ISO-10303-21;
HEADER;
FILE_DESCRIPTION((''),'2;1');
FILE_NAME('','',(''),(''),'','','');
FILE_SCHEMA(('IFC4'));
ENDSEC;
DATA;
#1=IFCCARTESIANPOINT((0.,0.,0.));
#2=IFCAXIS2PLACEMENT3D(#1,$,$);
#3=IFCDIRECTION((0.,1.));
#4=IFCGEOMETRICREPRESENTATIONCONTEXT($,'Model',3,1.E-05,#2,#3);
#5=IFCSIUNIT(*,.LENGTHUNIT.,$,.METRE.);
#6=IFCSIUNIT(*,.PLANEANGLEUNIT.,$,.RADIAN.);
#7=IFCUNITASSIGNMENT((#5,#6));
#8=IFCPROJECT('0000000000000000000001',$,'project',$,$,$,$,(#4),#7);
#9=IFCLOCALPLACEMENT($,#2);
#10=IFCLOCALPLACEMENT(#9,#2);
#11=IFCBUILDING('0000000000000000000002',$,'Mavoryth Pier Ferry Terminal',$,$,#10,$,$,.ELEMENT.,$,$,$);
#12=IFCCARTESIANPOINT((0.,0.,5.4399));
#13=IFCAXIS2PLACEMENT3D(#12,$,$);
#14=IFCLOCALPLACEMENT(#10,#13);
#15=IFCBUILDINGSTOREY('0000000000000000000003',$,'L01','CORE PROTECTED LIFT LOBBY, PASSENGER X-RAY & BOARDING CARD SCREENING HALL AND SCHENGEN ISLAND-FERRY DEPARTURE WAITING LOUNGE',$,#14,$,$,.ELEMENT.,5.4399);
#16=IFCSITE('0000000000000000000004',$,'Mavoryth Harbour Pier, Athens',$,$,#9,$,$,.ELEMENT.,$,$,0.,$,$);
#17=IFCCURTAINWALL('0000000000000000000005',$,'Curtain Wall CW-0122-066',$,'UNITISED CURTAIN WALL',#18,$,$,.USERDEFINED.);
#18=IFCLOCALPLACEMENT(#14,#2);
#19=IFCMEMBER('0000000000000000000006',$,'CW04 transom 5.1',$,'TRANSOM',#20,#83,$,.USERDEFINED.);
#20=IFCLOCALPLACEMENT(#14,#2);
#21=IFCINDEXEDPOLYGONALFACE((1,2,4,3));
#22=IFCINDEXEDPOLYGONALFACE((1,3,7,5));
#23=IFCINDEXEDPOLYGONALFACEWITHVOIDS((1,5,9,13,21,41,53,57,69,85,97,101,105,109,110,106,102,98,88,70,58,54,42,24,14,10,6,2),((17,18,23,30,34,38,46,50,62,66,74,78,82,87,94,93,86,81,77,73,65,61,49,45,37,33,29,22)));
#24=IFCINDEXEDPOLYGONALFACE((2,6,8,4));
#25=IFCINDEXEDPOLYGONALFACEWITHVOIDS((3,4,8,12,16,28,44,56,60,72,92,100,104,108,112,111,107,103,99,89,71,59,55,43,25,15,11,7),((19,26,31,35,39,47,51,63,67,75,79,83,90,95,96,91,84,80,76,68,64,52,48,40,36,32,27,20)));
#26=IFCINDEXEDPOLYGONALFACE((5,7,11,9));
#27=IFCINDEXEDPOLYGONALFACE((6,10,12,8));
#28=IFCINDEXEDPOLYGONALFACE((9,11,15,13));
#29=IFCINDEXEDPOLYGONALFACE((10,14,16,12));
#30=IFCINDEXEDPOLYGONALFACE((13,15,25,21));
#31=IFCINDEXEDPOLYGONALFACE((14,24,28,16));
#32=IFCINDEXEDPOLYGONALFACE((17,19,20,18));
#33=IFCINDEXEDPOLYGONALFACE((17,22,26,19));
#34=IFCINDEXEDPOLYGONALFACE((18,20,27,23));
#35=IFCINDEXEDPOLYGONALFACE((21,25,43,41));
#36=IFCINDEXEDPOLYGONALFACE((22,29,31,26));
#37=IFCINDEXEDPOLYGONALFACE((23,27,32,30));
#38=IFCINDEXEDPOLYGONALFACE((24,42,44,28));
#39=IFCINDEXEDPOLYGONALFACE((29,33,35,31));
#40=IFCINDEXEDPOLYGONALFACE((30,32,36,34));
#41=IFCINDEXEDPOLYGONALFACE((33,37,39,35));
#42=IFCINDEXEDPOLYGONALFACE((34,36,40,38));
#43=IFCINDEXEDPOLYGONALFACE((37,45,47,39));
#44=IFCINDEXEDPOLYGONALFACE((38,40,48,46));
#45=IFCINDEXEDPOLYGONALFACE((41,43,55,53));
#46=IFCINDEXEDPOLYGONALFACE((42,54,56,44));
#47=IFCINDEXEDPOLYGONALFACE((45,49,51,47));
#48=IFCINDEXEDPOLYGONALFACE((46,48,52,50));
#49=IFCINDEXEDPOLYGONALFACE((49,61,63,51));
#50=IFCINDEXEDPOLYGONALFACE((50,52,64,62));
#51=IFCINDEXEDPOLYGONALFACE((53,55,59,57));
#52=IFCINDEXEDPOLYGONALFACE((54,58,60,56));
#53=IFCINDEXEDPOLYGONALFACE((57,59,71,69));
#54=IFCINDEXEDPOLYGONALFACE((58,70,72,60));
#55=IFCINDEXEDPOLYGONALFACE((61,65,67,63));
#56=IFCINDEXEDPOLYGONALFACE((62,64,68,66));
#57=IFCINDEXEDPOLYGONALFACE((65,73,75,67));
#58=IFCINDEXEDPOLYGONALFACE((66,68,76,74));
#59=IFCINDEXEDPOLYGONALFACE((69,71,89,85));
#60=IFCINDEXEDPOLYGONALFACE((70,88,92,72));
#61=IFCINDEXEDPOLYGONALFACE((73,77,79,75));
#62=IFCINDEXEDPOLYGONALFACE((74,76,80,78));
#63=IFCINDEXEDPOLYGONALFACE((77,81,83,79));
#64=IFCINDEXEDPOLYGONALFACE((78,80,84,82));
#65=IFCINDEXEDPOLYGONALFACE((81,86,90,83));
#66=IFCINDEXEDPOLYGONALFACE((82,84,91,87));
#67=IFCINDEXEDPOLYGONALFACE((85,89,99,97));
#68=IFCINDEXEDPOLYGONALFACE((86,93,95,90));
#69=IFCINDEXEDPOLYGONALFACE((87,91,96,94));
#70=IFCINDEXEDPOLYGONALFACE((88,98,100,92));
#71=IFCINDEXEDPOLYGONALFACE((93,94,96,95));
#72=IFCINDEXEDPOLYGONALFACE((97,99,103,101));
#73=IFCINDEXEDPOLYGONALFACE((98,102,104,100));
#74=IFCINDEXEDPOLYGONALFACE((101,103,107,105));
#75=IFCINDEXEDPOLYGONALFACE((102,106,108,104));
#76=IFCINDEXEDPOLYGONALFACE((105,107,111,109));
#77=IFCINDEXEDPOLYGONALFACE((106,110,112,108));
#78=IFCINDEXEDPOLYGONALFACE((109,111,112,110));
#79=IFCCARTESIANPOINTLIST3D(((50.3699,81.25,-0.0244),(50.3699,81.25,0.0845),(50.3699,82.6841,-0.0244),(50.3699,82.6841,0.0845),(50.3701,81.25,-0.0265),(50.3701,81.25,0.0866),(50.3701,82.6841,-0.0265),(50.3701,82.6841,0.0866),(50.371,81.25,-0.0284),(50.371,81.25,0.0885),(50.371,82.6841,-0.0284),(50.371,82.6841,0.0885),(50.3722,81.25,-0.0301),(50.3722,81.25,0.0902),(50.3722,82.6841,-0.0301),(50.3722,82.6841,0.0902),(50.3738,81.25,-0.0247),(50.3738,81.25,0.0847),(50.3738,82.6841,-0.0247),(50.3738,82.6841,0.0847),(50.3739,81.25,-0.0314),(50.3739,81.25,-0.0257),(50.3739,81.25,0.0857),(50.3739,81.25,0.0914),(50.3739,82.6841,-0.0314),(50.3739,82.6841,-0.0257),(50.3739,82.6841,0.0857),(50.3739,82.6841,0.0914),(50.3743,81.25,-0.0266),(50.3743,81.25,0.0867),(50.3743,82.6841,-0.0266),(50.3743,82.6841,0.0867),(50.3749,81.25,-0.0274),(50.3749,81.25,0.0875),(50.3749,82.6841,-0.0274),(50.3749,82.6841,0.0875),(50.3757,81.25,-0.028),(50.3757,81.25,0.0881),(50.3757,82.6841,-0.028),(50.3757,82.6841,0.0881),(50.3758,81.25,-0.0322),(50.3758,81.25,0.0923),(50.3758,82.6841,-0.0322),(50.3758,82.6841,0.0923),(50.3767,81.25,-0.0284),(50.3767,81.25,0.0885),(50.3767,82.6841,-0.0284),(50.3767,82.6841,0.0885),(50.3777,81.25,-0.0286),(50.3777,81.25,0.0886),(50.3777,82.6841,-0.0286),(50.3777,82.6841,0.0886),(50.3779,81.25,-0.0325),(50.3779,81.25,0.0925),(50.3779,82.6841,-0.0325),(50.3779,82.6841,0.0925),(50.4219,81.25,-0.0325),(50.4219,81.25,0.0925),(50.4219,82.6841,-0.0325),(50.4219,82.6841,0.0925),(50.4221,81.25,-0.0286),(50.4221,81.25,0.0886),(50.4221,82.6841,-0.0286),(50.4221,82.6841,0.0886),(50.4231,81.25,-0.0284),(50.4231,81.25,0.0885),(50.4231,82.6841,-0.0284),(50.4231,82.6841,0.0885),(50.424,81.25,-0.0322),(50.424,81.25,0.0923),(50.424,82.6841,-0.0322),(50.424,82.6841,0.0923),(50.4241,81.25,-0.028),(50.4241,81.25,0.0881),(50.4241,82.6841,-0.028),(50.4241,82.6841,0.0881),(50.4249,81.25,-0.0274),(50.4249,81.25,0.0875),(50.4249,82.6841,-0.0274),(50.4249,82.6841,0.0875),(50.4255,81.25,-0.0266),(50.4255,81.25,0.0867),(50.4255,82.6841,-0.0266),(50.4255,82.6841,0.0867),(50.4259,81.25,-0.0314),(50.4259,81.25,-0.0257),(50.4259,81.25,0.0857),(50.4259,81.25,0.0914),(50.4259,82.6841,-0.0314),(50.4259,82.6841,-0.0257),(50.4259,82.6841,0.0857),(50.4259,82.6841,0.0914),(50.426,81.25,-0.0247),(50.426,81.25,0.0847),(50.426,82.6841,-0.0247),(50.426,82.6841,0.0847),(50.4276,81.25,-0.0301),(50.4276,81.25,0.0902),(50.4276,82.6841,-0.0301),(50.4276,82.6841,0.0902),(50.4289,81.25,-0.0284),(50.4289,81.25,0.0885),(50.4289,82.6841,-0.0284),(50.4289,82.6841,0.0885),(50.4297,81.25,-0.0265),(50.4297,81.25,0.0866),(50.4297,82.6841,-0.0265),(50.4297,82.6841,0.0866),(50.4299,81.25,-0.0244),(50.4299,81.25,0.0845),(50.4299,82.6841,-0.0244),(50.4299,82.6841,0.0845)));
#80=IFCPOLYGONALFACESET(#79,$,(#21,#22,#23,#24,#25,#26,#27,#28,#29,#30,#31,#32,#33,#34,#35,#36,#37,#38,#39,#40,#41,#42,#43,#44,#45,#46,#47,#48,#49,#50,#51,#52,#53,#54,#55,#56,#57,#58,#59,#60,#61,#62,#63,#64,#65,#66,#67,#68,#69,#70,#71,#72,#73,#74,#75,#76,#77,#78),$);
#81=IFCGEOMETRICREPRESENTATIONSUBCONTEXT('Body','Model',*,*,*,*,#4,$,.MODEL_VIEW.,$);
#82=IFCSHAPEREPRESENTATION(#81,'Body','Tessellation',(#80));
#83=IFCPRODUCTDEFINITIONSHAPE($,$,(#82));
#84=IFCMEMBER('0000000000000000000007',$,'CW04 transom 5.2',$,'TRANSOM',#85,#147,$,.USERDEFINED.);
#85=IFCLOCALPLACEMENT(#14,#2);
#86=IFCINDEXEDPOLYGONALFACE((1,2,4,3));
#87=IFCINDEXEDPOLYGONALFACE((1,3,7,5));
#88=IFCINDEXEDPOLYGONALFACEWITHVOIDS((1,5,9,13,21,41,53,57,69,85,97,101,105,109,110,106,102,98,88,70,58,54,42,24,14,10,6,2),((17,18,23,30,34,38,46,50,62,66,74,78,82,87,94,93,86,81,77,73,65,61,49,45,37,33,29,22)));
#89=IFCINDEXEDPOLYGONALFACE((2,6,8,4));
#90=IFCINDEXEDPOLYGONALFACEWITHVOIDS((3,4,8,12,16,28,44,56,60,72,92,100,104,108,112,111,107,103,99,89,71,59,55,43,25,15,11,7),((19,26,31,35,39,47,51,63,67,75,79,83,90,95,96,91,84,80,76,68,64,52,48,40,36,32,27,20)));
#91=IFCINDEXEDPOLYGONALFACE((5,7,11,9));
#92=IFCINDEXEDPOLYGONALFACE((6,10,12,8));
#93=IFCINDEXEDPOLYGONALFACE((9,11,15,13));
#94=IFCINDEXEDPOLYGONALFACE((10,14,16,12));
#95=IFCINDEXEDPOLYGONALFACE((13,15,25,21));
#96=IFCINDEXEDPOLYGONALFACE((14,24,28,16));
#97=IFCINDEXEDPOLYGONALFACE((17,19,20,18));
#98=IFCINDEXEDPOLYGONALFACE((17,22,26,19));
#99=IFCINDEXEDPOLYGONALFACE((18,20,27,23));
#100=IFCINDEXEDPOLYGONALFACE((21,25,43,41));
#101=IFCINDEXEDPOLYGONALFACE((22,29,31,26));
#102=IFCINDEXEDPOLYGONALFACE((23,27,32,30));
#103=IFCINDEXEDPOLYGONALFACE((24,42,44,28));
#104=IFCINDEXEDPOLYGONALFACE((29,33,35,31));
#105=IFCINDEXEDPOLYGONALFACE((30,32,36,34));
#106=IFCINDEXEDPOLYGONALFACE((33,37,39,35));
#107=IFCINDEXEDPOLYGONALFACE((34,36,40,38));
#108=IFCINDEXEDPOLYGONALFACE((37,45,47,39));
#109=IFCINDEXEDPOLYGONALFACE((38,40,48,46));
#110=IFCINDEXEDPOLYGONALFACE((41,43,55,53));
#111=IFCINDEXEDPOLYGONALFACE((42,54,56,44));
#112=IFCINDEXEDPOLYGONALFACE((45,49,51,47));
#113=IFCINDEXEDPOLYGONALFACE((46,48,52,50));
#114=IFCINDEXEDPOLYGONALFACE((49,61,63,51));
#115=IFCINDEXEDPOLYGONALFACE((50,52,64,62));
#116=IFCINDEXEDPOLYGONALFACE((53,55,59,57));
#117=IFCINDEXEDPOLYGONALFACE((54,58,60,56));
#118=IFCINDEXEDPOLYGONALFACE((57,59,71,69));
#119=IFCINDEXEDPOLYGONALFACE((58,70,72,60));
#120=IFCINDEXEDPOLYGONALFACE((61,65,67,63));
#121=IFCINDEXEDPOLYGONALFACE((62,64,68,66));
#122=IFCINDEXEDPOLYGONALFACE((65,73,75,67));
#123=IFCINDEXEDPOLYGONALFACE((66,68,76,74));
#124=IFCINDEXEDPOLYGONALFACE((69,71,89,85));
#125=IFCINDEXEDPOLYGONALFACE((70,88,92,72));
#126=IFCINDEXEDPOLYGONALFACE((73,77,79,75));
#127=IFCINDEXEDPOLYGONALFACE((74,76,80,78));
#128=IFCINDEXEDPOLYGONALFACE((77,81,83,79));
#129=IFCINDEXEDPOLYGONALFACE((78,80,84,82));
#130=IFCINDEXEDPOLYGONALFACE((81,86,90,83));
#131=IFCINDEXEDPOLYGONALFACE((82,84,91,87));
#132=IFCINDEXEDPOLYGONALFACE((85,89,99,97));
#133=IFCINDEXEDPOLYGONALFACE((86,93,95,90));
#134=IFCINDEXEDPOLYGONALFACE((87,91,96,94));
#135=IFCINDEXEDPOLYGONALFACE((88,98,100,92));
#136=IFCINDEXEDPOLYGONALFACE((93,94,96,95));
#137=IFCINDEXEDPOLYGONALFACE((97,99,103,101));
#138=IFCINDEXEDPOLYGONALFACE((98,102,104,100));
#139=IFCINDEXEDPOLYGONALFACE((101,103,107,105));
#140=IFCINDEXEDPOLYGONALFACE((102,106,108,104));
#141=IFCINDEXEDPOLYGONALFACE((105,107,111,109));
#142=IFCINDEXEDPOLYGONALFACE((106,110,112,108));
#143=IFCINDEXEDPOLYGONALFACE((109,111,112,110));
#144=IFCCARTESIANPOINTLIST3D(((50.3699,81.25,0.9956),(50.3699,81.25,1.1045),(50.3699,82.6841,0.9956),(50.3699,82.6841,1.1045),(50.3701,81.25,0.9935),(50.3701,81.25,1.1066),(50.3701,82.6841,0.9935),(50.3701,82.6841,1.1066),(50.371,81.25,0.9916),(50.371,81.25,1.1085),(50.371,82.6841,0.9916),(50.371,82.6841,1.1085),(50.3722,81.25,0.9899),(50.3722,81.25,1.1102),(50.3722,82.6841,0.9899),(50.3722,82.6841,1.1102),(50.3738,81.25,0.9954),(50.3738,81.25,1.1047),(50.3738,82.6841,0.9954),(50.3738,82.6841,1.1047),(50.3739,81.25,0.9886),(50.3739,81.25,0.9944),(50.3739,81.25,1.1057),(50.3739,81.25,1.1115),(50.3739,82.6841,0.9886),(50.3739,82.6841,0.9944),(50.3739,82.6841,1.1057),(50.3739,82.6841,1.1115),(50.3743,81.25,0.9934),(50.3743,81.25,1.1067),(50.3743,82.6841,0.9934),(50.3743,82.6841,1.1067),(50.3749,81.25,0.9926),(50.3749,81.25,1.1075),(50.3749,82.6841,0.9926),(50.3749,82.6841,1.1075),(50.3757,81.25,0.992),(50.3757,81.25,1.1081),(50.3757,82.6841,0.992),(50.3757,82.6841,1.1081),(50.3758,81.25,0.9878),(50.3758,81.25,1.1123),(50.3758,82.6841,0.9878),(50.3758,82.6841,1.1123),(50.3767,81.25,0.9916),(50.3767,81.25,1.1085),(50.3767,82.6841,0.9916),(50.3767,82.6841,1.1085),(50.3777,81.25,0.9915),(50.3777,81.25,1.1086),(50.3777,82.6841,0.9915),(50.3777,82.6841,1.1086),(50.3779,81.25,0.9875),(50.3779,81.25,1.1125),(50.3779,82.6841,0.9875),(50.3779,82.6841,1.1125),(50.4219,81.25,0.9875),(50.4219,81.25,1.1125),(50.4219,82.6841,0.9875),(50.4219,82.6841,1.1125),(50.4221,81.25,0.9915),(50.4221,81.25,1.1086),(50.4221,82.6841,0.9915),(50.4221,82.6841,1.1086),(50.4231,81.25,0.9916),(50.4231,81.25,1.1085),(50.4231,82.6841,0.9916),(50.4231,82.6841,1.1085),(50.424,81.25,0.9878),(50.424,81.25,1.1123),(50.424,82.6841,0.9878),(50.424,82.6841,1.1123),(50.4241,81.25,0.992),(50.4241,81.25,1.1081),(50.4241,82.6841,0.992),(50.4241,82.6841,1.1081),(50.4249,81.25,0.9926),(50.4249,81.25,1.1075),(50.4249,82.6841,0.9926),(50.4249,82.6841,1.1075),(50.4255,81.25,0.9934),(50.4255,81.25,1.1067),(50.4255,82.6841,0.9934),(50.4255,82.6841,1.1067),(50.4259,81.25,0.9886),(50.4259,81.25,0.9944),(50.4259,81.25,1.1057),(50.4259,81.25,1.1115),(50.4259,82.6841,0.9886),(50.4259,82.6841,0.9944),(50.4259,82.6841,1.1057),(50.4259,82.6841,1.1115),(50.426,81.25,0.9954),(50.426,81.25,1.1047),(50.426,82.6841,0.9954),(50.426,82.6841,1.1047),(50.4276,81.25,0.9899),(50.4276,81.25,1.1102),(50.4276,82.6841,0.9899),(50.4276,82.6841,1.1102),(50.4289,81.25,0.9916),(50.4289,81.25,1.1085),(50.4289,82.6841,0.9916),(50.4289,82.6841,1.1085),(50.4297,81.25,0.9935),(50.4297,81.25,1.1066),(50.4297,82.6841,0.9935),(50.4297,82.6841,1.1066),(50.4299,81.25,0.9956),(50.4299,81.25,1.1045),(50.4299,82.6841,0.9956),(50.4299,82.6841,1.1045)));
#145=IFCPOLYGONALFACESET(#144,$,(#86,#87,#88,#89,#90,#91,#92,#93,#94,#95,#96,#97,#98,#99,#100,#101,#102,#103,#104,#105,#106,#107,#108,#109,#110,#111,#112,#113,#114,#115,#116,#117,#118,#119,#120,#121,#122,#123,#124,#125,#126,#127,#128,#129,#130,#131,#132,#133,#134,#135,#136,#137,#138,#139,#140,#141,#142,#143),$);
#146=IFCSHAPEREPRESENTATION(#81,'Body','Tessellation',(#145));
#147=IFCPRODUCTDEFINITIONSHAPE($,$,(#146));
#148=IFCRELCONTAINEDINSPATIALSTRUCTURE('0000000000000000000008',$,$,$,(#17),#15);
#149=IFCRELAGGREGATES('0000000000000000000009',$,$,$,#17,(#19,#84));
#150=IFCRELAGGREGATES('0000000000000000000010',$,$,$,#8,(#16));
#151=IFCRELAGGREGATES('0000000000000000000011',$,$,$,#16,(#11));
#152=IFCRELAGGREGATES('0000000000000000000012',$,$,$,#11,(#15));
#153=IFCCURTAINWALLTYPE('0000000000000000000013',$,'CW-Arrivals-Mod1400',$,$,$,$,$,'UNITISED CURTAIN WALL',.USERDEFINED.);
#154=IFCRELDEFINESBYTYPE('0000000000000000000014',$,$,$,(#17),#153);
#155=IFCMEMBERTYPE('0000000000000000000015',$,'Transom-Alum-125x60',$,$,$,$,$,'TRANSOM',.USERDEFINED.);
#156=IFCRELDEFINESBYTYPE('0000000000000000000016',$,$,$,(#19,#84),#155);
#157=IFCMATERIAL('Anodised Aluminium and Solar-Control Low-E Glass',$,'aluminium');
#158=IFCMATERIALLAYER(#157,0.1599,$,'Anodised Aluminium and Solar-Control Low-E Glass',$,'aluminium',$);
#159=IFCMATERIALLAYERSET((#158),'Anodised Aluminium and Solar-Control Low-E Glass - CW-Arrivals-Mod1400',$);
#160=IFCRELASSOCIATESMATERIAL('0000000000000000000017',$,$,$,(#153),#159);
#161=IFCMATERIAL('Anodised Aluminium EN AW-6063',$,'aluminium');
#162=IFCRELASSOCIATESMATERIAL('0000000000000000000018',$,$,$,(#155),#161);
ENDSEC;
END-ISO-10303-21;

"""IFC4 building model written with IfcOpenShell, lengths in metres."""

from ifc_helpers import new_model, si_unit, direction, frame, origin, origin_2d, place, context, subcontext, project, spatial, hollow_rectangle, extrude, material, layer, layer_set, material_profile, profile_set, type_object, element, aggregate, save


model = new_model("IFC4")

# Units and contexts
model_context = context("Model", 3, precision=1e-05, world=origin(), true_north=direction((0.0, 1.0)))
body_context = subcontext(model_context, "Body", "Model", "MODEL_VIEW")
ifc_project = project(units=[si_unit("LENGTHUNIT", "METRE"), si_unit("PLANEANGLEUNIT", "RADIAN")], contexts=[model_context])

# Site, building, storey
site_placement = place(None, origin())
site = spatial("IfcSite", under=ifc_project, at=site_placement, Name="Mavoryth Harbour Pier, Athens", CompositionType="ELEMENT", RefElevation=0.0)
building_placement = place(site_placement, origin())
building = spatial("IfcBuilding", under=site, at=building_placement, Name="Mavoryth Pier Ferry Terminal", CompositionType="ELEMENT")
storey_placement = place(building_placement, frame((0.0, 0.0, 5.4399)))
storey = spatial("IfcBuildingStorey", under=building, at=storey_placement, Name="L01", Description="CORE PROTECTED LIFT LOBBY, PASSENGER X-RAY & BOARDING CARD SCREENING HALL AND SCHENGEN ISLAND-FERRY DEPARTURE WAITING LOUNGE", CompositionType="ELEMENT", Elevation=5.4399)

# Curtain wall
ifc_material_1 = material(Name="Anodised Aluminium and Solar-Control Low-E Glass", Category="aluminium")
ifc_layer_1 = layer(ifc_material_1, 0.1599, Name="Anodised Aluminium and Solar-Control Low-E Glass", Category="aluminium")
ifc_layer_set_1 = layer_set([ifc_layer_1], Name="Anodised Aluminium and Solar-Control Low-E Glass - CW-Arrivals-Mod1400")
curtain_wall_type = type_object("IfcCurtainWallType", Name="CW-Arrivals-Mod1400", ElementType="UNITISED CURTAIN WALL", PredefinedType="USERDEFINED", material=ifc_layer_set_1)
ifc_material_2 = material(Name="Anodised Aluminium EN AW-6063", Category="aluminium")
curtain_wall_1_placement = place(storey_placement, origin())
curtain_wall_1 = element("IfcCurtainWall", 1, at=curtain_wall_1_placement, inside=storey, type_object=curtain_wall_type, Name="Curtain Wall CW-0122-066", ObjectType="UNITISED CURTAIN WALL", PredefinedType="USERDEFINED")

# Members
ifc_material_profile_1 = material_profile(ifc_material_2, hollow_rectangle(XDim=0.0601, YDim=0.125, WallThickness=0.0039, InnerFilletRadius=0.0039, OuterFilletRadius=0.0081, at=origin_2d()), Name="AL-TRAN 125x60x4", Category="aluminium")
ifc_profile_set_1 = profile_set([ifc_material_profile_1], Name="Anodised Aluminium EN AW-6063 - AL-TRAN 125x60x4")
member_type_1 = type_object("IfcMemberType", Name="Transom-Alum-125x60", ElementType="TRANSOM", PredefinedType="USERDEFINED", material=ifc_profile_set_1)
member_1_placement = place(storey_placement, frame((50.3999, 82.6841, 0.03), z_axis=(0.0, -1.0, 0.0), x_axis=(1.0, 0.0, 0.0)))
member_1 = element("IfcMember", 2, at=member_1_placement, type_object=member_type_1, Name="CW04 transom 5.1", ObjectType="TRANSOM", PredefinedType="USERDEFINED", context=body_context, shape_type="SweptSolid", body=[
    extrude(hollow_rectangle(XDim=0.0601, YDim=0.125, WallThickness=0.0039, InnerFilletRadius=0.0039, OuterFilletRadius=0.0081, at=origin_2d()), origin(), (0.0, 0.0, 1.0), 1.4341),
])
member_2_placement = place(storey_placement, frame((50.3999, 82.6841, 1.05), z_axis=(0.0, -1.0, 0.0), x_axis=(1.0, 0.0, 0.0)))
member_2 = element("IfcMember", 3, at=member_2_placement, type_object=member_type_1, Name="CW04 transom 5.2", ObjectType="TRANSOM", PredefinedType="USERDEFINED", context=body_context, shape_type="SweptSolid", body=[
    extrude(hollow_rectangle(XDim=0.0601, YDim=0.125, WallThickness=0.0039, InnerFilletRadius=0.0039, OuterFilletRadius=0.0081, at=origin_2d()), origin(), (0.0, 0.0, 1.0), 1.4341),
])

aggregate(curtain_wall_1, [member_1, member_2])

save(model, "model.ifc")
